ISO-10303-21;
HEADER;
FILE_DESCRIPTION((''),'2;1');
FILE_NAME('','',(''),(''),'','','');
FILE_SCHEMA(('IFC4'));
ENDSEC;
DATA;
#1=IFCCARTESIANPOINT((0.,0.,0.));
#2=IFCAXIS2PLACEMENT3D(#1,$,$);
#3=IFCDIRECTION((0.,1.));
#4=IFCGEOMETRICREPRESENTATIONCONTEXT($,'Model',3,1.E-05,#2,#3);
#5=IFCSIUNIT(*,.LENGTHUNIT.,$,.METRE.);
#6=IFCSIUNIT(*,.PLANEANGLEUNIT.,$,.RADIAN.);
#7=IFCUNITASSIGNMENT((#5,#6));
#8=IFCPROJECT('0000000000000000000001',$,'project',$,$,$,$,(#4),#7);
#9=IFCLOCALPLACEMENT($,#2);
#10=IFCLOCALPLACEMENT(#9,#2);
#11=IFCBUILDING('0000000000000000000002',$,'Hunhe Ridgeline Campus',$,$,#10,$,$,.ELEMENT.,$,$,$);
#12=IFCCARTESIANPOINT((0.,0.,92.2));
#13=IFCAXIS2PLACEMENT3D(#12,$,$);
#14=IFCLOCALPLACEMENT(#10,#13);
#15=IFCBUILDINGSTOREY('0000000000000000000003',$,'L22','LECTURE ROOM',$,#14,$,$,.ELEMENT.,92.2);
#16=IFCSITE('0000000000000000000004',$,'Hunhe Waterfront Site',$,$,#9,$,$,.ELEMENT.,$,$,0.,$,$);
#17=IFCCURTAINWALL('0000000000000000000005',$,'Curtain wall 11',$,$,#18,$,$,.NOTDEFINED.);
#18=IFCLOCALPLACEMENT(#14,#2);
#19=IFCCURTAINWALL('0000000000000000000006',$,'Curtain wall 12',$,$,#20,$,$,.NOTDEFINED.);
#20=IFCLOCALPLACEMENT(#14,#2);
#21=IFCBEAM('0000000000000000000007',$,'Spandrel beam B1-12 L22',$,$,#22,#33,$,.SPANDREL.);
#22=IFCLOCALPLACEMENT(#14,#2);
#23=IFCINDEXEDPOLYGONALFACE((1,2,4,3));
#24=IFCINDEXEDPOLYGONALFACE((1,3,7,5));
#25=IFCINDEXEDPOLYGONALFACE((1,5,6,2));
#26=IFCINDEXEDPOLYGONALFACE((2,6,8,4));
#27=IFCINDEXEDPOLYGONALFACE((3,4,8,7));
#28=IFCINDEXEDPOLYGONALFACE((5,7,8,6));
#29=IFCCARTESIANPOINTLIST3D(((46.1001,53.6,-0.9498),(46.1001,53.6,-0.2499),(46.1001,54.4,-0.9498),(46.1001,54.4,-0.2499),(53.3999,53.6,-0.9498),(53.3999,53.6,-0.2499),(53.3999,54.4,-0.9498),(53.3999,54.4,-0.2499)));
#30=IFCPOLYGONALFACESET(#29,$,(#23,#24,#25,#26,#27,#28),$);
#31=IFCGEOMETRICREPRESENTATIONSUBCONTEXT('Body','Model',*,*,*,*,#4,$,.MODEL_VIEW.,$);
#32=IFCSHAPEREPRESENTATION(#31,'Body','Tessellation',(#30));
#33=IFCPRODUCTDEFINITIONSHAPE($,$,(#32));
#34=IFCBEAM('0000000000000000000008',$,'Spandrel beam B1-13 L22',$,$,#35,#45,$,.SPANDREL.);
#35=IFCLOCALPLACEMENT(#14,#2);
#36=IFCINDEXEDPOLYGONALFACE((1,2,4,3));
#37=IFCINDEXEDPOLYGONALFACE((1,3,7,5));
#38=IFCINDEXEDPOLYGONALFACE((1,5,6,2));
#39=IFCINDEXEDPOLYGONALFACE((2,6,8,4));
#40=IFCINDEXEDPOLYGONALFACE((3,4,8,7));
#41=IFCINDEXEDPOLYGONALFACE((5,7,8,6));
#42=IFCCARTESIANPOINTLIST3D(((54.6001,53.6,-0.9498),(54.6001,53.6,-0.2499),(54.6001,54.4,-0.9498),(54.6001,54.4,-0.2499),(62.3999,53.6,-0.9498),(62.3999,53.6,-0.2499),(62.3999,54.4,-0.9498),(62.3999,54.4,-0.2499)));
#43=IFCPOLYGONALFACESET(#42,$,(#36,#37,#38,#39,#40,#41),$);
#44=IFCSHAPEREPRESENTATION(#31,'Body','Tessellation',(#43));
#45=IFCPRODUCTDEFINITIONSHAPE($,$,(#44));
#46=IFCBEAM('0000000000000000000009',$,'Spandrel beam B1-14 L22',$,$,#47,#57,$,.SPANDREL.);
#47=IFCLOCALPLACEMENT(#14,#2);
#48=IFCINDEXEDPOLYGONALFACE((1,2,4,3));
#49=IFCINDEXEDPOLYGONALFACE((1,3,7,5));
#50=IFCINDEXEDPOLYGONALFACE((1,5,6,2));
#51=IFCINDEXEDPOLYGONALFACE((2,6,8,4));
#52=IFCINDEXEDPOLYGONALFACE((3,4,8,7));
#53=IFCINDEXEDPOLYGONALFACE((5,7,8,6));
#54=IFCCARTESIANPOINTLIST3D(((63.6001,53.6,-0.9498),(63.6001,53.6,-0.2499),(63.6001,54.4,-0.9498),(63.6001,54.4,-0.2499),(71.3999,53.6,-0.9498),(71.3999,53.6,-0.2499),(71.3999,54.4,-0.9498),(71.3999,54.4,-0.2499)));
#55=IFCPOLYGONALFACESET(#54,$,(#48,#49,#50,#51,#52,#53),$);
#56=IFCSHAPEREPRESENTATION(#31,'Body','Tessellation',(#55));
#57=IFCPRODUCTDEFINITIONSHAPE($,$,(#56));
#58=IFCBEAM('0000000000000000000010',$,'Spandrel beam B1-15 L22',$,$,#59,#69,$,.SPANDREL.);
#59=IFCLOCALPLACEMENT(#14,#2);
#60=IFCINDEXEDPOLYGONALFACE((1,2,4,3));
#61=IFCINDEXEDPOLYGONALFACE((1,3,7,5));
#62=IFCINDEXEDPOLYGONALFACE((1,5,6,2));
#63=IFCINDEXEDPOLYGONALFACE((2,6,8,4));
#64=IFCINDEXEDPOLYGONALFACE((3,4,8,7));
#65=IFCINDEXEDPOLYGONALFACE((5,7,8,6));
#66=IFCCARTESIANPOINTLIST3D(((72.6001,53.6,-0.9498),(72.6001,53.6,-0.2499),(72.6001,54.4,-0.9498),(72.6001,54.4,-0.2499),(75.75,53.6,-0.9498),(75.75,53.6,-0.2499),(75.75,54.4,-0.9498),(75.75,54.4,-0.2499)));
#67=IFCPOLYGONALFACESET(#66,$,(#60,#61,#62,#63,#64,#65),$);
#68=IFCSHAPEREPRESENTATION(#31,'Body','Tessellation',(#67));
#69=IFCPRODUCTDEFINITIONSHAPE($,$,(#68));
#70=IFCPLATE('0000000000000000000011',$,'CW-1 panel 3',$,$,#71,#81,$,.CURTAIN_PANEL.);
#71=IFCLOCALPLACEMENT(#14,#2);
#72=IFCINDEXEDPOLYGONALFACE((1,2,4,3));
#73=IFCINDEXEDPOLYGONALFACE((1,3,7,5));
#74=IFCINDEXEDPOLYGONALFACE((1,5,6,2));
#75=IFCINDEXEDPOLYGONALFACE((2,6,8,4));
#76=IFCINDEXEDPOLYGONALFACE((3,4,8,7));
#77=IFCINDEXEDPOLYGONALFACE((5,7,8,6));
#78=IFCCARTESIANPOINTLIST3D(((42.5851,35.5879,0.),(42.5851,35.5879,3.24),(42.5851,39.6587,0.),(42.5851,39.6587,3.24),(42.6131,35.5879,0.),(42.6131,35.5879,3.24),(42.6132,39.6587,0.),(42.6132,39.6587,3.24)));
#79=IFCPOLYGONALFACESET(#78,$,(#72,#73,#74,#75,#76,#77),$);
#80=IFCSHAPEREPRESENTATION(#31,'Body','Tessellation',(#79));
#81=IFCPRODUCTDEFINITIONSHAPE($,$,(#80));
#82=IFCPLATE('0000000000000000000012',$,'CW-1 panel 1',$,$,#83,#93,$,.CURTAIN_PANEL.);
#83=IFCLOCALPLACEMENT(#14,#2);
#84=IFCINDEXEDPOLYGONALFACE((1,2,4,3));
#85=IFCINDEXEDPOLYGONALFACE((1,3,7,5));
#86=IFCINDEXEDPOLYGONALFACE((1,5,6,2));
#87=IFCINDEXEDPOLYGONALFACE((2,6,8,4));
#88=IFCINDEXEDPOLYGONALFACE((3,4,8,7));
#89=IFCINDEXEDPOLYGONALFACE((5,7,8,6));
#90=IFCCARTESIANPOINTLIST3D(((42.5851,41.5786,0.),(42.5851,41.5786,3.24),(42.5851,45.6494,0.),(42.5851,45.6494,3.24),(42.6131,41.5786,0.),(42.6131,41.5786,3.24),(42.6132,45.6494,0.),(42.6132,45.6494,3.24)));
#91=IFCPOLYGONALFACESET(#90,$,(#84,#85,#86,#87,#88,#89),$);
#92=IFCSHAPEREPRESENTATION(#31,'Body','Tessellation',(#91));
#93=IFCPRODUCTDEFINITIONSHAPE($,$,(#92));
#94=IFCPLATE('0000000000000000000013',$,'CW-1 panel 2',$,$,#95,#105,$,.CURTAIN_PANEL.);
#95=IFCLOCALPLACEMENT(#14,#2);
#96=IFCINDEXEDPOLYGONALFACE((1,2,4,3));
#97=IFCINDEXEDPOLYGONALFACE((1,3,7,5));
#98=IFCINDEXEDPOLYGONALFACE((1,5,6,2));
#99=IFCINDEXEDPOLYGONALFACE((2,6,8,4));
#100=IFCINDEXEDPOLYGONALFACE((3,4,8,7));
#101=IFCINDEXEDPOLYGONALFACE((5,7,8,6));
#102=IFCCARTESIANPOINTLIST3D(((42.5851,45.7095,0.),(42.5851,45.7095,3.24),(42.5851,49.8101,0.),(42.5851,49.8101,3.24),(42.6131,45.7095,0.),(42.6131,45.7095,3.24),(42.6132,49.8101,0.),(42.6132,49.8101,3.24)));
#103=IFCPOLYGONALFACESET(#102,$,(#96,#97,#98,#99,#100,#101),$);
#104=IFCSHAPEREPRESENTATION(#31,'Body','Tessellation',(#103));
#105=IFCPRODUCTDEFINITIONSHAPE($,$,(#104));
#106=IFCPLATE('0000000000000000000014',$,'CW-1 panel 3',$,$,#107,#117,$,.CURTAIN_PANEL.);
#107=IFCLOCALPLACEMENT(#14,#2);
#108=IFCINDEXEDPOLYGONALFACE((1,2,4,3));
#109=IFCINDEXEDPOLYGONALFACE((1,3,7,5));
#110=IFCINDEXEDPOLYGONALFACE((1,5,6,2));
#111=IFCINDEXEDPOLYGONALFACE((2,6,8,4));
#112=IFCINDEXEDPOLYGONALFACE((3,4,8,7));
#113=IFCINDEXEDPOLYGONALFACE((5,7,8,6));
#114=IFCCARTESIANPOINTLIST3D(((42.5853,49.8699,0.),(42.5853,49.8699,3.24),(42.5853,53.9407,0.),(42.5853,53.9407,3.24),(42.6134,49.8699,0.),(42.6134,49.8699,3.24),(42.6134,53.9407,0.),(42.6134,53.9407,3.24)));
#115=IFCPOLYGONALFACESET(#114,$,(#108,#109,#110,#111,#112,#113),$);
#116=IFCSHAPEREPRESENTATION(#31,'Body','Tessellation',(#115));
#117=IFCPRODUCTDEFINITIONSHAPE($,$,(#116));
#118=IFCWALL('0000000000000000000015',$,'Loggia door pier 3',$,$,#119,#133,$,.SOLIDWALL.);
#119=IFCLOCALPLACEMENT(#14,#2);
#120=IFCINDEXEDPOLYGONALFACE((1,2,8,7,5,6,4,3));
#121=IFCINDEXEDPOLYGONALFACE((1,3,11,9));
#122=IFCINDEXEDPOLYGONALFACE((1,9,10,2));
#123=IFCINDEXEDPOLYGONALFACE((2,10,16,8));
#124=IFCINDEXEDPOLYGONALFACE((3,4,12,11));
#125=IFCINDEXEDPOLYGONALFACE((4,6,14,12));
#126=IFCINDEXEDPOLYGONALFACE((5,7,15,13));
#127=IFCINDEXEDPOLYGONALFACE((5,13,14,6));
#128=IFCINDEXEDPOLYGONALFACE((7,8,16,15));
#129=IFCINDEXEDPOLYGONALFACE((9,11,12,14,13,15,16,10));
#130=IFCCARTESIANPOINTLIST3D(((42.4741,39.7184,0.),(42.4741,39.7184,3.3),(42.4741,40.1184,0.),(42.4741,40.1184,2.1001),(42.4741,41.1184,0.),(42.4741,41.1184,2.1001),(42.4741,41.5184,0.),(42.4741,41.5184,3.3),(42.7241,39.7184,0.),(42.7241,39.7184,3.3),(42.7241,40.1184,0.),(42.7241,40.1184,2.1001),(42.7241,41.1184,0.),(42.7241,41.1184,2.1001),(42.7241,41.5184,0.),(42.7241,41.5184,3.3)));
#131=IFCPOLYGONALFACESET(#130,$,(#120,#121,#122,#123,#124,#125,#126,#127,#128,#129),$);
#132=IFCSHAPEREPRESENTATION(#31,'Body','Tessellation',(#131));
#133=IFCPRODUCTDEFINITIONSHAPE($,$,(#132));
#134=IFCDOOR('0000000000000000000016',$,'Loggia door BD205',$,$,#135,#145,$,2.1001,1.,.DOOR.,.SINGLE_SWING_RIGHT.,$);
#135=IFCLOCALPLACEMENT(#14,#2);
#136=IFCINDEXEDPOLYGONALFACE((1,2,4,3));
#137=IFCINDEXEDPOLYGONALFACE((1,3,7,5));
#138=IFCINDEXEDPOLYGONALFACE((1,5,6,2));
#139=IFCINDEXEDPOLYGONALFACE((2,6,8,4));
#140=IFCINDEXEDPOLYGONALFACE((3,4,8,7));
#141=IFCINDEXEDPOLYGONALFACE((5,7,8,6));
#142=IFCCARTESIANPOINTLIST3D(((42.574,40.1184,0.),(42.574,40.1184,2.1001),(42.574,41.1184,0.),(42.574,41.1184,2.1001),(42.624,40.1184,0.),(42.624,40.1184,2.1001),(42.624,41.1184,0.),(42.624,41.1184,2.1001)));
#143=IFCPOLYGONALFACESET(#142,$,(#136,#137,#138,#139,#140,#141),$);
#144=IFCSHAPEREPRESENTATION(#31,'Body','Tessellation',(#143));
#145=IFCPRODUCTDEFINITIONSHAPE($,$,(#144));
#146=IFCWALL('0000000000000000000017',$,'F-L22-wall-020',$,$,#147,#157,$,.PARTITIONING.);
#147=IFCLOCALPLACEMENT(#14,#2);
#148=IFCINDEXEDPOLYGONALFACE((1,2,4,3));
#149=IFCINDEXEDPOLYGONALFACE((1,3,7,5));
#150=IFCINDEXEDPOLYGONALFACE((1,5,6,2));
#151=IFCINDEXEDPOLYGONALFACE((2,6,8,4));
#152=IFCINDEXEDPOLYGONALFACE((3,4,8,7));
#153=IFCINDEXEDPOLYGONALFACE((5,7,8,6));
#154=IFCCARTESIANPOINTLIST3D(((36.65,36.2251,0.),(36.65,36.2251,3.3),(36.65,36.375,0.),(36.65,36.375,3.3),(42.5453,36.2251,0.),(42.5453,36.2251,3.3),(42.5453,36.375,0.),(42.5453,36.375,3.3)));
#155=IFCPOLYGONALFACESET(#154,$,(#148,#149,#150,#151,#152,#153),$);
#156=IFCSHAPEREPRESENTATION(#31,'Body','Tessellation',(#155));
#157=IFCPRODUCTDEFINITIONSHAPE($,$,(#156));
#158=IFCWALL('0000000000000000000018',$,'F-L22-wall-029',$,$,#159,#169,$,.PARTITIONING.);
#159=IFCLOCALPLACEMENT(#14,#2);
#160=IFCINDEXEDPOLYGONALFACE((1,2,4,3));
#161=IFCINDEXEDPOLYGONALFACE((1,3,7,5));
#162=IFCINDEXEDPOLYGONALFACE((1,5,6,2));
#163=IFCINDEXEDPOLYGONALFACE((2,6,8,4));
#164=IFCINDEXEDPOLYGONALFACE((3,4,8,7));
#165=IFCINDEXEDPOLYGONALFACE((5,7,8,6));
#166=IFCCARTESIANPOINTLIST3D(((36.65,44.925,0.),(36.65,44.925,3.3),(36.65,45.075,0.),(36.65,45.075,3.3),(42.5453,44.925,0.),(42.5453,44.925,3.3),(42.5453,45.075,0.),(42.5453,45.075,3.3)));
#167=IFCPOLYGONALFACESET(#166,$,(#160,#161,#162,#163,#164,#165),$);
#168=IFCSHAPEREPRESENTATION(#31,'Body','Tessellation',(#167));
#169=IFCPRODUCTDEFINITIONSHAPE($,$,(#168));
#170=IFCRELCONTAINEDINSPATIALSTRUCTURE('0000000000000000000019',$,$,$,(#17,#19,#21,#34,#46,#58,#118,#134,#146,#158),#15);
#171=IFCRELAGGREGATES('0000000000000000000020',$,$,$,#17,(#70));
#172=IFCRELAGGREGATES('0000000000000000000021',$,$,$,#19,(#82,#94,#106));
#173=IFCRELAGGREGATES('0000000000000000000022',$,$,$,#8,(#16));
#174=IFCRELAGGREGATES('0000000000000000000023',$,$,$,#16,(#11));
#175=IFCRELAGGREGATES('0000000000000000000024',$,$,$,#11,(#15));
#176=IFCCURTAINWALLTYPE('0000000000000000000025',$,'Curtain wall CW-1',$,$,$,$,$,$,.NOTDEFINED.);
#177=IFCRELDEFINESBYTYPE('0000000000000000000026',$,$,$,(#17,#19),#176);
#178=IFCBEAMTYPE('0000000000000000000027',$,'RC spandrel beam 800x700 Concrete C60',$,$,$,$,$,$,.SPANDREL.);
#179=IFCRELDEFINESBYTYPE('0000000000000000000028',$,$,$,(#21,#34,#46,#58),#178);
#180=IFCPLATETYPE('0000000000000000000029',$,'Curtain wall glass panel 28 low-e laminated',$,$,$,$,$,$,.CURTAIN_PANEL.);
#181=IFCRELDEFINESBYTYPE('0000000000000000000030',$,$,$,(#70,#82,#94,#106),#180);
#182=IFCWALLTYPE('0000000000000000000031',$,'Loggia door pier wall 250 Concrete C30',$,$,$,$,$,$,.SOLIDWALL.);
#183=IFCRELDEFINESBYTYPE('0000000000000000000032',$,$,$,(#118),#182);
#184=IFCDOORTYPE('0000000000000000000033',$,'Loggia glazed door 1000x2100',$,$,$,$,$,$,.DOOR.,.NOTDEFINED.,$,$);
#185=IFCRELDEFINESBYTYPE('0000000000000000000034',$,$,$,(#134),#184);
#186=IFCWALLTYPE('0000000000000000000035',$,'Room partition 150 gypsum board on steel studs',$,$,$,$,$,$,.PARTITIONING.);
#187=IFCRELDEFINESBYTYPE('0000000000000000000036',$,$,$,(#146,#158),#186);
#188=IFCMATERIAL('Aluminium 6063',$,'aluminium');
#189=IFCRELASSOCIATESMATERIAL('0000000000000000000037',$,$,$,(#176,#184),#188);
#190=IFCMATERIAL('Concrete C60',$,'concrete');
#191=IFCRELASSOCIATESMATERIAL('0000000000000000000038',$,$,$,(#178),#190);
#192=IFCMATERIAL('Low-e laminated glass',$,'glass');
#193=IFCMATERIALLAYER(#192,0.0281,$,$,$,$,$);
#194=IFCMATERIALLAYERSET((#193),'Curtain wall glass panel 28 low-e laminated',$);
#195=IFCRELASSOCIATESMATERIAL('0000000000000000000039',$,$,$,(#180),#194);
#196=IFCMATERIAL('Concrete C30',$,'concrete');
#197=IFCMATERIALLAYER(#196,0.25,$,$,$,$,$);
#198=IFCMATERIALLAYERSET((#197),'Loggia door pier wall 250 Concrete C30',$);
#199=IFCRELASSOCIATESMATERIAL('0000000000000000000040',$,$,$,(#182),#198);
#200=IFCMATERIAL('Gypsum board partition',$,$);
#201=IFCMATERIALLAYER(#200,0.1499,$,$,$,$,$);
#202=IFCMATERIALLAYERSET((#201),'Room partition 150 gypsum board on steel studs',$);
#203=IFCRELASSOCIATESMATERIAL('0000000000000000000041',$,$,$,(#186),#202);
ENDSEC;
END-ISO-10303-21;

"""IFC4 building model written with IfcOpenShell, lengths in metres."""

from ifc_helpers import new_model, si_unit, direction, frame, frame_2d, origin, origin_2d, place, context, subcontext, project, spatial, rectangle, extrude, material, layer, layer_set, material_profile, profile_set, type_object, element, fill, aggregate, save


model = new_model("IFC4")

# Units and contexts
model_context = context("Model", 3, precision=1e-05, world=origin(), true_north=direction((0.0, 1.0)))
body_context = subcontext(model_context, "Body", "Model", "MODEL_VIEW")
ifc_project = project(units=[si_unit("LENGTHUNIT", "METRE"), si_unit("PLANEANGLEUNIT", "RADIAN")], contexts=[model_context])

# Site, building, storey
site_placement = place(None, origin())
site = spatial("IfcSite", under=ifc_project, at=site_placement, Name="Hunhe Waterfront Site", CompositionType="ELEMENT", RefElevation=0.0)
building_placement = place(site_placement, origin())
building = spatial("IfcBuilding", under=site, at=building_placement, Name="Hunhe Ridgeline Campus", CompositionType="ELEMENT")
storey_placement = place(building_placement, frame((0.0, 0.0, 92.2)))
storey = spatial("IfcBuildingStorey", under=building, at=storey_placement, Name="L22", Description="LECTURE ROOM", CompositionType="ELEMENT", Elevation=92.2)

# Curtain wall
ifc_material_1 = material(Name="Aluminium 6063", Category="aluminium")
curtain_wall_type = type_object("IfcCurtainWallType", Name="Curtain wall CW-1", PredefinedType="NOTDEFINED", material=ifc_material_1)
curtain_wall_1_placement = place(storey_placement, origin())
curtain_wall_1 = element("IfcCurtainWall", 1, at=curtain_wall_1_placement, inside=storey, type_object=curtain_wall_type, Name="Curtain wall 11", PredefinedType="NOTDEFINED")

# Curtain wall
curtain_wall_2_placement = place(storey_placement, origin())
curtain_wall_2 = element("IfcCurtainWall", 2, at=curtain_wall_2_placement, inside=storey, type_object=curtain_wall_type, Name="Curtain wall 12", PredefinedType="NOTDEFINED")

# Beams
ifc_material_2 = material(Name="Concrete C60", Category="concrete")
ifc_material_profile_1 = material_profile(ifc_material_2, rectangle(XDim=0.8, YDim=0.7, at=origin_2d()))
ifc_profile_set_1 = profile_set([ifc_material_profile_1], Name="Concrete C60")
beam_type = type_object("IfcBeamType", Name="RC spandrel beam 800x700 Concrete C60", PredefinedType="SPANDREL", material=ifc_profile_set_1)
beam_1_placement = place(storey_placement, frame((46.1001, 54.0, -0.5999), z_axis=(1.0, 0.0, 0.0), x_axis=(0.0, 1.0, 0.0)))
element("IfcBeam", 3, at=beam_1_placement, inside=storey, type_object=beam_type, Name="Spandrel beam B1-12 L22", PredefinedType="SPANDREL", context=body_context, shape_type="SweptSolid", body=[
    extrude(rectangle(XDim=0.8, YDim=0.7, at=origin_2d()), origin(), (0.0, 0.0, 1.0), 7.2998),
])
for number, where, z_axis, x_axis, name in (
    (4, (54.6001, 54.0, -0.5999), (1.0, 0.0, 0.0), (0.0, 1.0, 0.0), "Spandrel beam B1-13 L22"),
    (5, (63.6001, 54.0, -0.5999), (1.0, 0.0, 0.0), (0.0, 1.0, 0.0), "Spandrel beam B1-14 L22"),
):
    element("IfcBeam", number, at=place(storey_placement, frame(where, z_axis=z_axis, x_axis=x_axis)), inside=storey, type_object=beam_type, Name=name, PredefinedType="SPANDREL", context=body_context, shape_type="SweptSolid", body=[
        extrude(rectangle(XDim=0.8, YDim=0.7, at=origin_2d()), origin(), (0.0, 0.0, 1.0), 7.7998),
    ])
beam_2_placement = place(storey_placement, frame((72.6001, 54.0, -0.5999), z_axis=(1.0, 0.0, 0.0), x_axis=(0.0, 1.0, 0.0)))
element("IfcBeam", 6, at=beam_2_placement, inside=storey, type_object=beam_type, Name="Spandrel beam B1-15 L22", PredefinedType="SPANDREL", context=body_context, shape_type="SweptSolid", body=[
    extrude(rectangle(XDim=0.8, YDim=0.7, at=origin_2d()), origin(), (0.0, 0.0, 1.0), 3.1499),
])

# Plates
ifc_material_3 = material(Name="Low-e laminated glass", Category="glass")
ifc_layer_1 = layer(ifc_material_3, 0.0281)
ifc_layer_set_1 = layer_set([ifc_layer_1], Name="Curtain wall glass panel 28 low-e laminated")
plate_type = type_object("IfcPlateType", Name="Curtain wall glass panel 28 low-e laminated", PredefinedType="CURTAIN_PANEL", material=ifc_layer_set_1)
plate_1_placement = place(storey_placement, frame((42.5991, 37.6233, 0.0), z_axis=(0.0, 0.0, 1.0), x_axis=(0.000011, 1.0, 0.0)))
plate_1 = element("IfcPlate", 7, at=plate_1_placement, type_object=plate_type, Name="CW-1 panel 3", PredefinedType="CURTAIN_PANEL", context=body_context, shape_type="SweptSolid", body=[
    extrude(rectangle(XDim=4.0708, YDim=0.0281, at=origin_2d()), origin(), (0.0, 0.0, 1.0), 3.24),
])
aggregate(curtain_wall_1, [plate_1])
plate_2_placement = place(storey_placement, frame((42.5991, 43.614, 0.0), z_axis=(0.0, 0.0, 1.0), x_axis=(0.000011, 1.0, 0.0)))
plate_2 = element("IfcPlate", 8, at=plate_2_placement, type_object=plate_type, Name="CW-1 panel 1", PredefinedType="CURTAIN_PANEL", context=body_context, shape_type="SweptSolid", body=[
    extrude(rectangle(XDim=4.0708, YDim=0.0281, at=origin_2d()), origin(), (0.0, 0.0, 1.0), 3.24),
])
plate_3_placement = place(storey_placement, frame((42.5991, 47.7598, 0.0), z_axis=(0.0, 0.0, 1.0), x_axis=(0.000011, 1.0, 0.0)))
plate_3 = element("IfcPlate", 9, at=plate_3_placement, type_object=plate_type, Name="CW-1 panel 2", PredefinedType="CURTAIN_PANEL", context=body_context, shape_type="SweptSolid", body=[
    extrude(rectangle(XDim=4.1006, YDim=0.0281, at=origin_2d()), origin(), (0.0, 0.0, 1.0), 3.24),
])
plate_4_placement = place(storey_placement, frame((42.5994, 51.9053, 0.0), z_axis=(0.0, 0.0, 1.0), x_axis=(0.000011, 1.0, 0.0)))
plate_4 = element("IfcPlate", 10, at=plate_4_placement, type_object=plate_type, Name="CW-1 panel 3", PredefinedType="CURTAIN_PANEL", context=body_context, shape_type="SweptSolid", body=[
    extrude(rectangle(XDim=4.0708, YDim=0.0281, at=origin_2d()), origin(), (0.0, 0.0, 1.0), 3.24),
])
aggregate(curtain_wall_2, [plate_2, plate_3, plate_4])

# Wall, opening, door
ifc_material_4 = material(Name="Concrete C30", Category="concrete")
ifc_layer_2 = layer(ifc_material_4, 0.25)
ifc_layer_set_2 = layer_set([ifc_layer_2], Name="Loggia door pier wall 250 Concrete C30")
wall_type_1 = type_object("IfcWallType", Name="Loggia door pier wall 250 Concrete C30", PredefinedType="SOLIDWALL", material=ifc_layer_set_2)
wall_placement = place(storey_placement, frame((42.5991, 39.7185, 0.0), z_axis=(0.0, 0.0, 1.0), x_axis=(0.0, 1.0, 0.0)))
wall = element("IfcWall", 11, at=wall_placement, inside=storey, type_object=wall_type_1, Name="Loggia door pier 3", PredefinedType="SOLIDWALL", context=body_context, shape_type="SweptSolid", body=[
    extrude(rectangle(XDim=1.8, YDim=0.25, at=frame_2d((0.8999, 0.0))), origin(), (0.0, 0.0, 1.0), 3.3),
])
opening_placement = place(wall_placement, frame((0.3999, 0.0, 0.0)))
opening = element("IfcOpeningElement", 12, at=opening_placement, cuts=wall, PredefinedType="OPENING", context=body_context, shape_type="SweptSolid", body=[
    extrude(rectangle(XDim=1.0, YDim=2.1001, at=frame_2d((0.5, 1.05))), frame((0.0, 0.125, 0.0), z_axis=(0.0, -1.0, 0.0), x_axis=(1.0, 0.0, 0.0)), (0.0, 0.0, 1.0), 0.25),
])
door_type = type_object("IfcDoorType", Name="Loggia glazed door 1000x2100", OperationType="NOTDEFINED", PredefinedType="DOOR", material=ifc_material_1)
door_placement = place(opening_placement, frame((1.0, 0.0, 0.0), z_axis=(0.0, 0.0, 1.0), x_axis=(-1.0, 0.0, 0.0)))
door = element("IfcDoor", 13, at=door_placement, inside=storey, type_object=door_type, Name="Loggia door BD205", OperationType="SINGLE_SWING_RIGHT", OverallHeight=2.1001, OverallWidth=1.0, PredefinedType="DOOR", context=body_context, shape_type="SweptSolid", body=[
    extrude(rectangle(XDim=1.0, YDim=2.1001, at=frame_2d((0.5, 1.05))), frame((0.0, 0.0249, 0.0), z_axis=(0.0, -1.0, 0.0), x_axis=(1.0, 0.0, 0.0)), (0.0, 0.0, 1.0), 0.05),
])
fill(opening, door)

# Walls
ifc_material_5 = material(Name="Gypsum board partition")
ifc_layer_3 = layer(ifc_material_5, 0.1499)
ifc_layer_set_3 = layer_set([ifc_layer_3], Name="Room partition 150 gypsum board on steel studs")
wall_type_2 = type_object("IfcWallType", Name="Room partition 150 gypsum board on steel studs", PredefinedType="PARTITIONING", material=ifc_layer_set_3)
for number, where, z_axis, x_axis, name in (
    (14, (36.6499, 36.3, 0.0), (0.0, 0.0, 1.0), (1.0, 0.0, 0.0), "F-L22-wall-020"),
    (15, (36.6499, 45.0, 0.0), (0.0, 0.0, 1.0), (1.0, 0.0, 0.0), "F-L22-wall-029"),
):
    element("IfcWall", number, at=place(storey_placement, frame(where, z_axis=z_axis, x_axis=x_axis)), inside=storey, type_object=wall_type_2, Name=name, PredefinedType="PARTITIONING", context=body_context, shape_type="SweptSolid", body=[
        extrude(rectangle(XDim=5.8953, YDim=0.1499, at=frame_2d((2.9478, 0.0))), origin(), (0.0, 0.0, 1.0), 3.3),
    ])

save(model, "model.ifc")
